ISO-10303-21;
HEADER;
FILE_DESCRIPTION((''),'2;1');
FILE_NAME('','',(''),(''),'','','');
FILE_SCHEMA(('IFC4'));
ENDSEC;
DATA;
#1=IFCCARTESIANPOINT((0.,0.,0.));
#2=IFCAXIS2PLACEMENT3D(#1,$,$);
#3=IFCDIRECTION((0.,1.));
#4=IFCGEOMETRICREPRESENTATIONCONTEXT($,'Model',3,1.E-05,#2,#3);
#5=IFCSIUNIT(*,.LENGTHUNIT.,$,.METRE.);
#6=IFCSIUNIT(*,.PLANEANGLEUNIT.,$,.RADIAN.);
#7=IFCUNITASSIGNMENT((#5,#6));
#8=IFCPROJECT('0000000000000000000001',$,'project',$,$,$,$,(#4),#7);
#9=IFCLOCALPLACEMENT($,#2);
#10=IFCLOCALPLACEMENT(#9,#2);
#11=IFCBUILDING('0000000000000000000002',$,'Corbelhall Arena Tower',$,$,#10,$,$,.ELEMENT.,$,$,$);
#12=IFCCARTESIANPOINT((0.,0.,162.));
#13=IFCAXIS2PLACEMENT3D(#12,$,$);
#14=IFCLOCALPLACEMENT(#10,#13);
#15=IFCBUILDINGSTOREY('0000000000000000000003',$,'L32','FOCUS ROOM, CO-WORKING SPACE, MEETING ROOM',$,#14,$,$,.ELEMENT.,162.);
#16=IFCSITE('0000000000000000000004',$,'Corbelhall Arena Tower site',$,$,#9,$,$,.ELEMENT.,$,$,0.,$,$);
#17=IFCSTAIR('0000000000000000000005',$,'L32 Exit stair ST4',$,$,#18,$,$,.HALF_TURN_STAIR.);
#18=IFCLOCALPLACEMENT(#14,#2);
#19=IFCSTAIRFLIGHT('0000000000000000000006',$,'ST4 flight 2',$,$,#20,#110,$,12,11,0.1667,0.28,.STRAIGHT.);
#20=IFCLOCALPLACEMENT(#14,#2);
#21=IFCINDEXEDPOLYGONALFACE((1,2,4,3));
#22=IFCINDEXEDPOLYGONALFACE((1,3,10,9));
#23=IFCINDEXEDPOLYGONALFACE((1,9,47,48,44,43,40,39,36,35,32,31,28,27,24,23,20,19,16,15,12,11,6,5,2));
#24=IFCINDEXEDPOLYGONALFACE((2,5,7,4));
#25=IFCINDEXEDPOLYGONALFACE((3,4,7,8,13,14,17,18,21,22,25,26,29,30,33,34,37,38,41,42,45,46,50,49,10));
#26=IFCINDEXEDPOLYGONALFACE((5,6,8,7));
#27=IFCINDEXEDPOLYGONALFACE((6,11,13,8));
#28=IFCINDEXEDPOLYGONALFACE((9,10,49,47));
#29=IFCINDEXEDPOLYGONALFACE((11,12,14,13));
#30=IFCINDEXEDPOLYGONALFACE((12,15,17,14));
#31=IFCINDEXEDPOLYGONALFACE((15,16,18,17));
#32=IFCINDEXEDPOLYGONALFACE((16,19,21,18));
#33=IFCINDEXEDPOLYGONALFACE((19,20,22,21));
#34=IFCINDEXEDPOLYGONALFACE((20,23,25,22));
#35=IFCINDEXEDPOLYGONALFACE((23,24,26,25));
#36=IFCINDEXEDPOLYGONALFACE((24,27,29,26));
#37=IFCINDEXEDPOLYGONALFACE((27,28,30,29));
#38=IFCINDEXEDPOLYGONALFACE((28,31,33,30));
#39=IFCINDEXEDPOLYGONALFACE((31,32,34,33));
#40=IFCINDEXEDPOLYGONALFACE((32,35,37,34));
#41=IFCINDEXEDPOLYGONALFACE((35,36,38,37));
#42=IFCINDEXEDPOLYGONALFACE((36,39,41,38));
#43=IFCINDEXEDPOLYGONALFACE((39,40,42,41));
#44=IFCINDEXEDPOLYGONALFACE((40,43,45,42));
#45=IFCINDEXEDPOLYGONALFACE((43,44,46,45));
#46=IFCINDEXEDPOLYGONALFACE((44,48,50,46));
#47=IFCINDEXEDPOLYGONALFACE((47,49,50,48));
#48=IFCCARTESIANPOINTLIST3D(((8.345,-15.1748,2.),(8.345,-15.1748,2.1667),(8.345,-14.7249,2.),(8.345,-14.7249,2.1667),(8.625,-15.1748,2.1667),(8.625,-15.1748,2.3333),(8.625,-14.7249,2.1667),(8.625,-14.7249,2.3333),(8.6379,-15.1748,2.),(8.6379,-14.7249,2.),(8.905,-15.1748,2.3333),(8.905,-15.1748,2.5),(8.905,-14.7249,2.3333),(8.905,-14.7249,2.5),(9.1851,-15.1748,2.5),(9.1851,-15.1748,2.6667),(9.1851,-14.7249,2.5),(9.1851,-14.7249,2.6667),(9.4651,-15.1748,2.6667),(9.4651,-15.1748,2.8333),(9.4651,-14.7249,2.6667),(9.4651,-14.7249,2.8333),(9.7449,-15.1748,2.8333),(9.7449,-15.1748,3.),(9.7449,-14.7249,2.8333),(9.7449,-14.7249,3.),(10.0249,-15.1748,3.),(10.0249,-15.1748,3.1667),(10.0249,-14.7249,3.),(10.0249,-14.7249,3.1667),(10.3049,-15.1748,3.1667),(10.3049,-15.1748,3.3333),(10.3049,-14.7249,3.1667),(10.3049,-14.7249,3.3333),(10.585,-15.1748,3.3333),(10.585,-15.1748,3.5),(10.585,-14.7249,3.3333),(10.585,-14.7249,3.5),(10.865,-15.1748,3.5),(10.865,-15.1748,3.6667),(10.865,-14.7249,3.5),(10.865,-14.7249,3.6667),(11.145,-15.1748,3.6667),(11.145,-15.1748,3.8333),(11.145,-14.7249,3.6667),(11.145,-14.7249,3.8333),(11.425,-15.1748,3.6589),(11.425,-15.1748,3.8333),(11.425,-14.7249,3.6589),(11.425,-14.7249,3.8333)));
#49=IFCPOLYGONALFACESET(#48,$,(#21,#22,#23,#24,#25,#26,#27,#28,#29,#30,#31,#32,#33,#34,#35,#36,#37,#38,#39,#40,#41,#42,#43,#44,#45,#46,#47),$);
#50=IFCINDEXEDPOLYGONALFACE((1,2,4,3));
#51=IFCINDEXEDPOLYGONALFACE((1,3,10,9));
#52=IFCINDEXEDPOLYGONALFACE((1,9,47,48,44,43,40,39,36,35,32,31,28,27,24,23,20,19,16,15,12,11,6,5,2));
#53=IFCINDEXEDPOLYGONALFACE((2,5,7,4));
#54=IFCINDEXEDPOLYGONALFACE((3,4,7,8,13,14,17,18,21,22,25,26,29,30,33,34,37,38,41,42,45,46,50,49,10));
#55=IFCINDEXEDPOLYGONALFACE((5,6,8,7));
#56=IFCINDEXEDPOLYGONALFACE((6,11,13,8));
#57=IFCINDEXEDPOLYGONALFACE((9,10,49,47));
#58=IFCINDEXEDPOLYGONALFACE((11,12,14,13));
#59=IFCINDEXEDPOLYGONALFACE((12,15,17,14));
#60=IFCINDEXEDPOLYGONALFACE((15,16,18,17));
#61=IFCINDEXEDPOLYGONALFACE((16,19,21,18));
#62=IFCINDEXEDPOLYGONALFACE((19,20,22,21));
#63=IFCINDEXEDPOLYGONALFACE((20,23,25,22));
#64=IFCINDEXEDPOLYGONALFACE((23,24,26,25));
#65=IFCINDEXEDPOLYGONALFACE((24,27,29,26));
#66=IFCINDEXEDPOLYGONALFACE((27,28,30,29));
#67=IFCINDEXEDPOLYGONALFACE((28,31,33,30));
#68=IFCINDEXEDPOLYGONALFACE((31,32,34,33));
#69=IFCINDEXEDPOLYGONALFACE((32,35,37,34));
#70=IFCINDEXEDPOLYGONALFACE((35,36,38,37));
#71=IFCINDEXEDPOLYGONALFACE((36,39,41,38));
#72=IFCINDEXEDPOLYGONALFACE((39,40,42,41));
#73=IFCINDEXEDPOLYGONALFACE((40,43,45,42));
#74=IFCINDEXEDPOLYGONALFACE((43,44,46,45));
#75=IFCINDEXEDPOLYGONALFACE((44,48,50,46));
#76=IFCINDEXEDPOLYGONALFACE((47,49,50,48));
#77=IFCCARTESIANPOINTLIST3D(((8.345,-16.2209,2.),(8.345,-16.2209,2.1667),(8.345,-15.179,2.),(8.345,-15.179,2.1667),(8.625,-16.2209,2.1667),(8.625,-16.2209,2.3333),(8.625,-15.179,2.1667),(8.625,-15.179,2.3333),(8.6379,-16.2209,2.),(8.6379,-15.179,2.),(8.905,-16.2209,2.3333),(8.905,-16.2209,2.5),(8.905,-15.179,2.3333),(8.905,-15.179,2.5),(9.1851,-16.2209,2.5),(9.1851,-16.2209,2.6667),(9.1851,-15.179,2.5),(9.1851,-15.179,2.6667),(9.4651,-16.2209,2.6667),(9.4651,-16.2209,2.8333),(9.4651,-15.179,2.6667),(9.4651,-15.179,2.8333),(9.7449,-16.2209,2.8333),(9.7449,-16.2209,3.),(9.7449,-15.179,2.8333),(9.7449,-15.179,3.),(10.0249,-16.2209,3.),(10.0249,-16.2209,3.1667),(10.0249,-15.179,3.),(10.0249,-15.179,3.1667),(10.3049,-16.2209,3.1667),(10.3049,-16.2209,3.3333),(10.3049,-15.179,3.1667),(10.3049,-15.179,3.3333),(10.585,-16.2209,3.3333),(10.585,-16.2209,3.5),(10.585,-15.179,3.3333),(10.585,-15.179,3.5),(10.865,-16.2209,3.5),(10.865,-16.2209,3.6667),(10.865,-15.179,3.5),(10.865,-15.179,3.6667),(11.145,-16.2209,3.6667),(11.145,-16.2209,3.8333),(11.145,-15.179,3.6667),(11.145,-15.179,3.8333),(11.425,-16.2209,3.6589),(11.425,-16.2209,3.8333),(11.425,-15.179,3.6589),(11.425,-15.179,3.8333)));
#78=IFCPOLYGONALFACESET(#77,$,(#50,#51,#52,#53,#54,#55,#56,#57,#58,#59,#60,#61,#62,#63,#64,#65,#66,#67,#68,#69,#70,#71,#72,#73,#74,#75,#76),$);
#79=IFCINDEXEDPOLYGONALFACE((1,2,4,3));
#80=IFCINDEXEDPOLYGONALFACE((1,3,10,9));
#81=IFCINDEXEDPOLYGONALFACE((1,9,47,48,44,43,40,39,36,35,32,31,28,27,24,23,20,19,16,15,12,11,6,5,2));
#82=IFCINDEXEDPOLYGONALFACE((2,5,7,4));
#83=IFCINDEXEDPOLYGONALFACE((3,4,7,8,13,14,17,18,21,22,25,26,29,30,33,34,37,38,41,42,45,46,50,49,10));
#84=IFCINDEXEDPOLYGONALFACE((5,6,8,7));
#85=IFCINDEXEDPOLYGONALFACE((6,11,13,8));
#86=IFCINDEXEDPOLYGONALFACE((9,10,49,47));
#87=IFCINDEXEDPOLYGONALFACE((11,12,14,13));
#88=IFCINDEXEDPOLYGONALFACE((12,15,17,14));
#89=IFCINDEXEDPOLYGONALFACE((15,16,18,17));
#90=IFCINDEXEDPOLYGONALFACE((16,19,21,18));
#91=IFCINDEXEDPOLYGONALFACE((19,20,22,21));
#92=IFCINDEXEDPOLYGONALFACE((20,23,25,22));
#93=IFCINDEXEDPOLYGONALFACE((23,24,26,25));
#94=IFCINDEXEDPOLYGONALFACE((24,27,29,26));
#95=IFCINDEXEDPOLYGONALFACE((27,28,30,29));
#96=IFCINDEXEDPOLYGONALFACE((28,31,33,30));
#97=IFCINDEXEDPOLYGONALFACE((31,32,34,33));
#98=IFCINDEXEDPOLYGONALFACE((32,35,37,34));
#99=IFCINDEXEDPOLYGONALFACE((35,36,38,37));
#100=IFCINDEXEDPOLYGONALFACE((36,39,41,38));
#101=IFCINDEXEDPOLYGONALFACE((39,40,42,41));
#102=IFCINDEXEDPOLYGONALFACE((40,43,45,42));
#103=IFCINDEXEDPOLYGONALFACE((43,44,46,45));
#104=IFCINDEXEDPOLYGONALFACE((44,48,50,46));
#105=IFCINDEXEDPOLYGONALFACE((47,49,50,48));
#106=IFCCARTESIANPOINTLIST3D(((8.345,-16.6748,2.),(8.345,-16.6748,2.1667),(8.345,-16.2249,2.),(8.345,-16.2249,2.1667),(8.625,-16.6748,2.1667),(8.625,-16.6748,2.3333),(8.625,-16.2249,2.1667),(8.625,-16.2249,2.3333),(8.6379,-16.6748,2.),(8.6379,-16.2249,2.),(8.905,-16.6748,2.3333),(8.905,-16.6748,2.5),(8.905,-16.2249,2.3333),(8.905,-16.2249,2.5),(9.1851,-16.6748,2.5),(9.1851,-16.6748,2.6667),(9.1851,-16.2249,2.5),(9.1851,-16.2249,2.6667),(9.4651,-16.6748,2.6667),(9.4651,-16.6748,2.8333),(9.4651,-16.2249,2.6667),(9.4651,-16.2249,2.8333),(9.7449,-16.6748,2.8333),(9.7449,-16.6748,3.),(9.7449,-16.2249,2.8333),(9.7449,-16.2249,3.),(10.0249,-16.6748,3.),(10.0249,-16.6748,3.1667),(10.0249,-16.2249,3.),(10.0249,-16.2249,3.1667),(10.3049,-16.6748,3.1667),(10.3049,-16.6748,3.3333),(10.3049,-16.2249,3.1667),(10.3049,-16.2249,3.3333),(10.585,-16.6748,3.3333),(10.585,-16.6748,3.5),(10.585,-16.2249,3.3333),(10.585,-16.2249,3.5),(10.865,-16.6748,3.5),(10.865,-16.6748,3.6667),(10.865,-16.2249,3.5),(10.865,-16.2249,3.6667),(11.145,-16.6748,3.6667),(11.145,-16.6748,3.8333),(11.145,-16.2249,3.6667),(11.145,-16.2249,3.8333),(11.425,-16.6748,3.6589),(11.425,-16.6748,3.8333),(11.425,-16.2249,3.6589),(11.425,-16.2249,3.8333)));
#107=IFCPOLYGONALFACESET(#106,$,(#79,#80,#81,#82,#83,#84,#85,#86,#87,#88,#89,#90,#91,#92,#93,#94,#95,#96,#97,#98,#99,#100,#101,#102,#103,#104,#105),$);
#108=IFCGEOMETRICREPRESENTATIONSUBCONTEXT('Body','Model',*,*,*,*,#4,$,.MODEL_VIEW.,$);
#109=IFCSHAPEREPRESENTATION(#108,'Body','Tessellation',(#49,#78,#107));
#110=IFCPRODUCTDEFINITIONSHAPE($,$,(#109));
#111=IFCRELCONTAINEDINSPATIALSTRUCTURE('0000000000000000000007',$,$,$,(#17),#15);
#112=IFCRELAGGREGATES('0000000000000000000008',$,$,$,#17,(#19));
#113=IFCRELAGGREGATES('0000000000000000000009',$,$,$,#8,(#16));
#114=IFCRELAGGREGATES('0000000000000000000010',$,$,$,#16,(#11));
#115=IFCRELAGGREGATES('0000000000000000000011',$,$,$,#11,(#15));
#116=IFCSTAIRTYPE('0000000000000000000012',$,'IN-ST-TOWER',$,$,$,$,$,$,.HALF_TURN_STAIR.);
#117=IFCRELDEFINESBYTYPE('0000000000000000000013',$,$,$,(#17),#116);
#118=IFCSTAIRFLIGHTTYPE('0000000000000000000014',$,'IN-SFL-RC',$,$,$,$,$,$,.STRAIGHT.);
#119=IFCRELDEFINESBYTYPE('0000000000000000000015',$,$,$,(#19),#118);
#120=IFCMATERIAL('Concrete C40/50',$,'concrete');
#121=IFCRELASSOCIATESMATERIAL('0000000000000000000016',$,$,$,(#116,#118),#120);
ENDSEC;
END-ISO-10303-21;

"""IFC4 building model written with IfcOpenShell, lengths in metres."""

from ifc_helpers import new_model, si_unit, direction, frame, origin, place, context, subcontext, project, spatial, polyline, outline, extrude, material, type_object, element, aggregate, save


model = new_model("IFC4")

# Units and contexts
model_context = context("Model", 3, precision=1e-05, world=origin(), true_north=direction((0.0, 1.0)))
body_context = subcontext(model_context, "Body", "Model", "MODEL_VIEW")
ifc_project = project(units=[si_unit("LENGTHUNIT", "METRE"), si_unit("PLANEANGLEUNIT", "RADIAN")], contexts=[model_context])

# Site, building, storey
site_placement = place(None, origin())
site = spatial("IfcSite", under=ifc_project, at=site_placement, Name="Corbelhall Arena Tower site", CompositionType="ELEMENT", RefElevation=0.0)
building_placement = place(site_placement, origin())
building = spatial("IfcBuilding", under=site, at=building_placement, Name="Corbelhall Arena Tower", CompositionType="ELEMENT")
storey_placement = place(building_placement, frame((0.0, 0.0, 162.0)))
storey = spatial("IfcBuildingStorey", under=building, at=storey_placement, Name="L32", Description="FOCUS ROOM, CO-WORKING SPACE, MEETING ROOM", CompositionType="ELEMENT", Elevation=162.0)

# Shared definitions
ifc_material_1 = material(Name="Concrete C40/50", Category="concrete")

# Stair, stair flight
stair_type = type_object("IfcStairType", Name="IN-ST-TOWER", PredefinedType="HALF_TURN_STAIR", material=ifc_material_1)
stair_placement = place(storey_placement, origin())
stair = element("IfcStair", 1, at=stair_placement, inside=storey, type_object=stair_type, Name="L32 Exit stair ST4", PredefinedType="HALF_TURN_STAIR")
stair_flight_type = type_object("IfcStairFlightType", Name="IN-SFL-RC", PredefinedType="STRAIGHT", material=ifc_material_1)
stair_flight_placement = place(storey_placement, frame((8.345, -15.7, 2.0), z_axis=(0.0, 0.0, 1.0), x_axis=(1.0, 0.0, 0.0)))
stair_flight = element("IfcStairFlight", 2, at=stair_flight_placement, type_object=stair_flight_type, Name="ST4 flight 2", NumberOfRisers=12, NumberOfTreads=11, PredefinedType="STRAIGHT", RiserHeight=0.1667, TreadLength=0.28, context=body_context, shape_type="SweptSolid", body=[
    extrude(outline(polyline([(0.0, 0.0), (0.0, 0.1667), (0.28, 0.1667), (0.28, 0.3333), (0.5601, 0.3333), (0.5601, 0.5), (0.8401, 0.5), (0.8401, 0.6667), (1.1201, 0.6667), (1.1201, 0.8333), (1.3999, 0.8333), (1.3999, 1.0), (1.6799, 1.0), (1.6799, 1.1667), (1.96, 1.1667), (1.96, 1.3333), (2.24, 1.3333), (2.24, 1.5), (2.52, 1.5), (2.52, 1.6667), (2.8, 1.6667), (2.8, 1.8333), (3.0801, 1.8333), (3.0801, 2.0), (3.0801, 1.6589), (0.293, 0.0), (0.0, 0.0)])), frame((0.0, 0.9751, 0.0), z_axis=(0.0, -1.0, 0.0), x_axis=(1.0, 0.0, 0.0)), (0.0, 0.0, 1.0), 0.45),
    extrude(outline(polyline([(0.0, 0.0), (0.0, 0.1667), (0.28, 0.1667), (0.28, 0.3333), (0.5601, 0.3333), (0.5601, 0.5), (0.8401, 0.5), (0.8401, 0.6667), (1.1201, 0.6667), (1.1201, 0.8333), (1.3999, 0.8333), (1.3999, 1.0), (1.6799, 1.0), (1.6799, 1.1667), (1.96, 1.1667), (1.96, 1.3333), (2.24, 1.3333), (2.24, 1.5), (2.52, 1.5), (2.52, 1.6667), (2.8, 1.6667), (2.8, 1.8333), (3.0801, 1.8333), (3.0801, 2.0), (3.0801, 1.6589), (0.293, 0.0), (0.0, 0.0)])), frame((0.0, 0.521, 0.0), z_axis=(0.0, -1.0, 0.0), x_axis=(1.0, 0.0, 0.0)), (0.0, 0.0, 1.0), 1.042),
    extrude(outline(polyline([(0.0, 0.0), (0.0, 0.1667), (0.28, 0.1667), (0.28, 0.3333), (0.5601, 0.3333), (0.5601, 0.5), (0.8401, 0.5), (0.8401, 0.6667), (1.1201, 0.6667), (1.1201, 0.8333), (1.3999, 0.8333), (1.3999, 1.0), (1.6799, 1.0), (1.6799, 1.1667), (1.96, 1.1667), (1.96, 1.3333), (2.24, 1.3333), (2.24, 1.5), (2.52, 1.5), (2.52, 1.6667), (2.8, 1.6667), (2.8, 1.8333), (3.0801, 1.8333), (3.0801, 2.0), (3.0801, 1.6589), (0.293, 0.0), (0.0, 0.0)])), frame((0.0, -0.5249, 0.0), z_axis=(0.0, -1.0, 0.0), x_axis=(1.0, 0.0, 0.0)), (0.0, 0.0, 1.0), 0.45),
])
aggregate(stair, [stair_flight])

save(model, "model.ifc")
